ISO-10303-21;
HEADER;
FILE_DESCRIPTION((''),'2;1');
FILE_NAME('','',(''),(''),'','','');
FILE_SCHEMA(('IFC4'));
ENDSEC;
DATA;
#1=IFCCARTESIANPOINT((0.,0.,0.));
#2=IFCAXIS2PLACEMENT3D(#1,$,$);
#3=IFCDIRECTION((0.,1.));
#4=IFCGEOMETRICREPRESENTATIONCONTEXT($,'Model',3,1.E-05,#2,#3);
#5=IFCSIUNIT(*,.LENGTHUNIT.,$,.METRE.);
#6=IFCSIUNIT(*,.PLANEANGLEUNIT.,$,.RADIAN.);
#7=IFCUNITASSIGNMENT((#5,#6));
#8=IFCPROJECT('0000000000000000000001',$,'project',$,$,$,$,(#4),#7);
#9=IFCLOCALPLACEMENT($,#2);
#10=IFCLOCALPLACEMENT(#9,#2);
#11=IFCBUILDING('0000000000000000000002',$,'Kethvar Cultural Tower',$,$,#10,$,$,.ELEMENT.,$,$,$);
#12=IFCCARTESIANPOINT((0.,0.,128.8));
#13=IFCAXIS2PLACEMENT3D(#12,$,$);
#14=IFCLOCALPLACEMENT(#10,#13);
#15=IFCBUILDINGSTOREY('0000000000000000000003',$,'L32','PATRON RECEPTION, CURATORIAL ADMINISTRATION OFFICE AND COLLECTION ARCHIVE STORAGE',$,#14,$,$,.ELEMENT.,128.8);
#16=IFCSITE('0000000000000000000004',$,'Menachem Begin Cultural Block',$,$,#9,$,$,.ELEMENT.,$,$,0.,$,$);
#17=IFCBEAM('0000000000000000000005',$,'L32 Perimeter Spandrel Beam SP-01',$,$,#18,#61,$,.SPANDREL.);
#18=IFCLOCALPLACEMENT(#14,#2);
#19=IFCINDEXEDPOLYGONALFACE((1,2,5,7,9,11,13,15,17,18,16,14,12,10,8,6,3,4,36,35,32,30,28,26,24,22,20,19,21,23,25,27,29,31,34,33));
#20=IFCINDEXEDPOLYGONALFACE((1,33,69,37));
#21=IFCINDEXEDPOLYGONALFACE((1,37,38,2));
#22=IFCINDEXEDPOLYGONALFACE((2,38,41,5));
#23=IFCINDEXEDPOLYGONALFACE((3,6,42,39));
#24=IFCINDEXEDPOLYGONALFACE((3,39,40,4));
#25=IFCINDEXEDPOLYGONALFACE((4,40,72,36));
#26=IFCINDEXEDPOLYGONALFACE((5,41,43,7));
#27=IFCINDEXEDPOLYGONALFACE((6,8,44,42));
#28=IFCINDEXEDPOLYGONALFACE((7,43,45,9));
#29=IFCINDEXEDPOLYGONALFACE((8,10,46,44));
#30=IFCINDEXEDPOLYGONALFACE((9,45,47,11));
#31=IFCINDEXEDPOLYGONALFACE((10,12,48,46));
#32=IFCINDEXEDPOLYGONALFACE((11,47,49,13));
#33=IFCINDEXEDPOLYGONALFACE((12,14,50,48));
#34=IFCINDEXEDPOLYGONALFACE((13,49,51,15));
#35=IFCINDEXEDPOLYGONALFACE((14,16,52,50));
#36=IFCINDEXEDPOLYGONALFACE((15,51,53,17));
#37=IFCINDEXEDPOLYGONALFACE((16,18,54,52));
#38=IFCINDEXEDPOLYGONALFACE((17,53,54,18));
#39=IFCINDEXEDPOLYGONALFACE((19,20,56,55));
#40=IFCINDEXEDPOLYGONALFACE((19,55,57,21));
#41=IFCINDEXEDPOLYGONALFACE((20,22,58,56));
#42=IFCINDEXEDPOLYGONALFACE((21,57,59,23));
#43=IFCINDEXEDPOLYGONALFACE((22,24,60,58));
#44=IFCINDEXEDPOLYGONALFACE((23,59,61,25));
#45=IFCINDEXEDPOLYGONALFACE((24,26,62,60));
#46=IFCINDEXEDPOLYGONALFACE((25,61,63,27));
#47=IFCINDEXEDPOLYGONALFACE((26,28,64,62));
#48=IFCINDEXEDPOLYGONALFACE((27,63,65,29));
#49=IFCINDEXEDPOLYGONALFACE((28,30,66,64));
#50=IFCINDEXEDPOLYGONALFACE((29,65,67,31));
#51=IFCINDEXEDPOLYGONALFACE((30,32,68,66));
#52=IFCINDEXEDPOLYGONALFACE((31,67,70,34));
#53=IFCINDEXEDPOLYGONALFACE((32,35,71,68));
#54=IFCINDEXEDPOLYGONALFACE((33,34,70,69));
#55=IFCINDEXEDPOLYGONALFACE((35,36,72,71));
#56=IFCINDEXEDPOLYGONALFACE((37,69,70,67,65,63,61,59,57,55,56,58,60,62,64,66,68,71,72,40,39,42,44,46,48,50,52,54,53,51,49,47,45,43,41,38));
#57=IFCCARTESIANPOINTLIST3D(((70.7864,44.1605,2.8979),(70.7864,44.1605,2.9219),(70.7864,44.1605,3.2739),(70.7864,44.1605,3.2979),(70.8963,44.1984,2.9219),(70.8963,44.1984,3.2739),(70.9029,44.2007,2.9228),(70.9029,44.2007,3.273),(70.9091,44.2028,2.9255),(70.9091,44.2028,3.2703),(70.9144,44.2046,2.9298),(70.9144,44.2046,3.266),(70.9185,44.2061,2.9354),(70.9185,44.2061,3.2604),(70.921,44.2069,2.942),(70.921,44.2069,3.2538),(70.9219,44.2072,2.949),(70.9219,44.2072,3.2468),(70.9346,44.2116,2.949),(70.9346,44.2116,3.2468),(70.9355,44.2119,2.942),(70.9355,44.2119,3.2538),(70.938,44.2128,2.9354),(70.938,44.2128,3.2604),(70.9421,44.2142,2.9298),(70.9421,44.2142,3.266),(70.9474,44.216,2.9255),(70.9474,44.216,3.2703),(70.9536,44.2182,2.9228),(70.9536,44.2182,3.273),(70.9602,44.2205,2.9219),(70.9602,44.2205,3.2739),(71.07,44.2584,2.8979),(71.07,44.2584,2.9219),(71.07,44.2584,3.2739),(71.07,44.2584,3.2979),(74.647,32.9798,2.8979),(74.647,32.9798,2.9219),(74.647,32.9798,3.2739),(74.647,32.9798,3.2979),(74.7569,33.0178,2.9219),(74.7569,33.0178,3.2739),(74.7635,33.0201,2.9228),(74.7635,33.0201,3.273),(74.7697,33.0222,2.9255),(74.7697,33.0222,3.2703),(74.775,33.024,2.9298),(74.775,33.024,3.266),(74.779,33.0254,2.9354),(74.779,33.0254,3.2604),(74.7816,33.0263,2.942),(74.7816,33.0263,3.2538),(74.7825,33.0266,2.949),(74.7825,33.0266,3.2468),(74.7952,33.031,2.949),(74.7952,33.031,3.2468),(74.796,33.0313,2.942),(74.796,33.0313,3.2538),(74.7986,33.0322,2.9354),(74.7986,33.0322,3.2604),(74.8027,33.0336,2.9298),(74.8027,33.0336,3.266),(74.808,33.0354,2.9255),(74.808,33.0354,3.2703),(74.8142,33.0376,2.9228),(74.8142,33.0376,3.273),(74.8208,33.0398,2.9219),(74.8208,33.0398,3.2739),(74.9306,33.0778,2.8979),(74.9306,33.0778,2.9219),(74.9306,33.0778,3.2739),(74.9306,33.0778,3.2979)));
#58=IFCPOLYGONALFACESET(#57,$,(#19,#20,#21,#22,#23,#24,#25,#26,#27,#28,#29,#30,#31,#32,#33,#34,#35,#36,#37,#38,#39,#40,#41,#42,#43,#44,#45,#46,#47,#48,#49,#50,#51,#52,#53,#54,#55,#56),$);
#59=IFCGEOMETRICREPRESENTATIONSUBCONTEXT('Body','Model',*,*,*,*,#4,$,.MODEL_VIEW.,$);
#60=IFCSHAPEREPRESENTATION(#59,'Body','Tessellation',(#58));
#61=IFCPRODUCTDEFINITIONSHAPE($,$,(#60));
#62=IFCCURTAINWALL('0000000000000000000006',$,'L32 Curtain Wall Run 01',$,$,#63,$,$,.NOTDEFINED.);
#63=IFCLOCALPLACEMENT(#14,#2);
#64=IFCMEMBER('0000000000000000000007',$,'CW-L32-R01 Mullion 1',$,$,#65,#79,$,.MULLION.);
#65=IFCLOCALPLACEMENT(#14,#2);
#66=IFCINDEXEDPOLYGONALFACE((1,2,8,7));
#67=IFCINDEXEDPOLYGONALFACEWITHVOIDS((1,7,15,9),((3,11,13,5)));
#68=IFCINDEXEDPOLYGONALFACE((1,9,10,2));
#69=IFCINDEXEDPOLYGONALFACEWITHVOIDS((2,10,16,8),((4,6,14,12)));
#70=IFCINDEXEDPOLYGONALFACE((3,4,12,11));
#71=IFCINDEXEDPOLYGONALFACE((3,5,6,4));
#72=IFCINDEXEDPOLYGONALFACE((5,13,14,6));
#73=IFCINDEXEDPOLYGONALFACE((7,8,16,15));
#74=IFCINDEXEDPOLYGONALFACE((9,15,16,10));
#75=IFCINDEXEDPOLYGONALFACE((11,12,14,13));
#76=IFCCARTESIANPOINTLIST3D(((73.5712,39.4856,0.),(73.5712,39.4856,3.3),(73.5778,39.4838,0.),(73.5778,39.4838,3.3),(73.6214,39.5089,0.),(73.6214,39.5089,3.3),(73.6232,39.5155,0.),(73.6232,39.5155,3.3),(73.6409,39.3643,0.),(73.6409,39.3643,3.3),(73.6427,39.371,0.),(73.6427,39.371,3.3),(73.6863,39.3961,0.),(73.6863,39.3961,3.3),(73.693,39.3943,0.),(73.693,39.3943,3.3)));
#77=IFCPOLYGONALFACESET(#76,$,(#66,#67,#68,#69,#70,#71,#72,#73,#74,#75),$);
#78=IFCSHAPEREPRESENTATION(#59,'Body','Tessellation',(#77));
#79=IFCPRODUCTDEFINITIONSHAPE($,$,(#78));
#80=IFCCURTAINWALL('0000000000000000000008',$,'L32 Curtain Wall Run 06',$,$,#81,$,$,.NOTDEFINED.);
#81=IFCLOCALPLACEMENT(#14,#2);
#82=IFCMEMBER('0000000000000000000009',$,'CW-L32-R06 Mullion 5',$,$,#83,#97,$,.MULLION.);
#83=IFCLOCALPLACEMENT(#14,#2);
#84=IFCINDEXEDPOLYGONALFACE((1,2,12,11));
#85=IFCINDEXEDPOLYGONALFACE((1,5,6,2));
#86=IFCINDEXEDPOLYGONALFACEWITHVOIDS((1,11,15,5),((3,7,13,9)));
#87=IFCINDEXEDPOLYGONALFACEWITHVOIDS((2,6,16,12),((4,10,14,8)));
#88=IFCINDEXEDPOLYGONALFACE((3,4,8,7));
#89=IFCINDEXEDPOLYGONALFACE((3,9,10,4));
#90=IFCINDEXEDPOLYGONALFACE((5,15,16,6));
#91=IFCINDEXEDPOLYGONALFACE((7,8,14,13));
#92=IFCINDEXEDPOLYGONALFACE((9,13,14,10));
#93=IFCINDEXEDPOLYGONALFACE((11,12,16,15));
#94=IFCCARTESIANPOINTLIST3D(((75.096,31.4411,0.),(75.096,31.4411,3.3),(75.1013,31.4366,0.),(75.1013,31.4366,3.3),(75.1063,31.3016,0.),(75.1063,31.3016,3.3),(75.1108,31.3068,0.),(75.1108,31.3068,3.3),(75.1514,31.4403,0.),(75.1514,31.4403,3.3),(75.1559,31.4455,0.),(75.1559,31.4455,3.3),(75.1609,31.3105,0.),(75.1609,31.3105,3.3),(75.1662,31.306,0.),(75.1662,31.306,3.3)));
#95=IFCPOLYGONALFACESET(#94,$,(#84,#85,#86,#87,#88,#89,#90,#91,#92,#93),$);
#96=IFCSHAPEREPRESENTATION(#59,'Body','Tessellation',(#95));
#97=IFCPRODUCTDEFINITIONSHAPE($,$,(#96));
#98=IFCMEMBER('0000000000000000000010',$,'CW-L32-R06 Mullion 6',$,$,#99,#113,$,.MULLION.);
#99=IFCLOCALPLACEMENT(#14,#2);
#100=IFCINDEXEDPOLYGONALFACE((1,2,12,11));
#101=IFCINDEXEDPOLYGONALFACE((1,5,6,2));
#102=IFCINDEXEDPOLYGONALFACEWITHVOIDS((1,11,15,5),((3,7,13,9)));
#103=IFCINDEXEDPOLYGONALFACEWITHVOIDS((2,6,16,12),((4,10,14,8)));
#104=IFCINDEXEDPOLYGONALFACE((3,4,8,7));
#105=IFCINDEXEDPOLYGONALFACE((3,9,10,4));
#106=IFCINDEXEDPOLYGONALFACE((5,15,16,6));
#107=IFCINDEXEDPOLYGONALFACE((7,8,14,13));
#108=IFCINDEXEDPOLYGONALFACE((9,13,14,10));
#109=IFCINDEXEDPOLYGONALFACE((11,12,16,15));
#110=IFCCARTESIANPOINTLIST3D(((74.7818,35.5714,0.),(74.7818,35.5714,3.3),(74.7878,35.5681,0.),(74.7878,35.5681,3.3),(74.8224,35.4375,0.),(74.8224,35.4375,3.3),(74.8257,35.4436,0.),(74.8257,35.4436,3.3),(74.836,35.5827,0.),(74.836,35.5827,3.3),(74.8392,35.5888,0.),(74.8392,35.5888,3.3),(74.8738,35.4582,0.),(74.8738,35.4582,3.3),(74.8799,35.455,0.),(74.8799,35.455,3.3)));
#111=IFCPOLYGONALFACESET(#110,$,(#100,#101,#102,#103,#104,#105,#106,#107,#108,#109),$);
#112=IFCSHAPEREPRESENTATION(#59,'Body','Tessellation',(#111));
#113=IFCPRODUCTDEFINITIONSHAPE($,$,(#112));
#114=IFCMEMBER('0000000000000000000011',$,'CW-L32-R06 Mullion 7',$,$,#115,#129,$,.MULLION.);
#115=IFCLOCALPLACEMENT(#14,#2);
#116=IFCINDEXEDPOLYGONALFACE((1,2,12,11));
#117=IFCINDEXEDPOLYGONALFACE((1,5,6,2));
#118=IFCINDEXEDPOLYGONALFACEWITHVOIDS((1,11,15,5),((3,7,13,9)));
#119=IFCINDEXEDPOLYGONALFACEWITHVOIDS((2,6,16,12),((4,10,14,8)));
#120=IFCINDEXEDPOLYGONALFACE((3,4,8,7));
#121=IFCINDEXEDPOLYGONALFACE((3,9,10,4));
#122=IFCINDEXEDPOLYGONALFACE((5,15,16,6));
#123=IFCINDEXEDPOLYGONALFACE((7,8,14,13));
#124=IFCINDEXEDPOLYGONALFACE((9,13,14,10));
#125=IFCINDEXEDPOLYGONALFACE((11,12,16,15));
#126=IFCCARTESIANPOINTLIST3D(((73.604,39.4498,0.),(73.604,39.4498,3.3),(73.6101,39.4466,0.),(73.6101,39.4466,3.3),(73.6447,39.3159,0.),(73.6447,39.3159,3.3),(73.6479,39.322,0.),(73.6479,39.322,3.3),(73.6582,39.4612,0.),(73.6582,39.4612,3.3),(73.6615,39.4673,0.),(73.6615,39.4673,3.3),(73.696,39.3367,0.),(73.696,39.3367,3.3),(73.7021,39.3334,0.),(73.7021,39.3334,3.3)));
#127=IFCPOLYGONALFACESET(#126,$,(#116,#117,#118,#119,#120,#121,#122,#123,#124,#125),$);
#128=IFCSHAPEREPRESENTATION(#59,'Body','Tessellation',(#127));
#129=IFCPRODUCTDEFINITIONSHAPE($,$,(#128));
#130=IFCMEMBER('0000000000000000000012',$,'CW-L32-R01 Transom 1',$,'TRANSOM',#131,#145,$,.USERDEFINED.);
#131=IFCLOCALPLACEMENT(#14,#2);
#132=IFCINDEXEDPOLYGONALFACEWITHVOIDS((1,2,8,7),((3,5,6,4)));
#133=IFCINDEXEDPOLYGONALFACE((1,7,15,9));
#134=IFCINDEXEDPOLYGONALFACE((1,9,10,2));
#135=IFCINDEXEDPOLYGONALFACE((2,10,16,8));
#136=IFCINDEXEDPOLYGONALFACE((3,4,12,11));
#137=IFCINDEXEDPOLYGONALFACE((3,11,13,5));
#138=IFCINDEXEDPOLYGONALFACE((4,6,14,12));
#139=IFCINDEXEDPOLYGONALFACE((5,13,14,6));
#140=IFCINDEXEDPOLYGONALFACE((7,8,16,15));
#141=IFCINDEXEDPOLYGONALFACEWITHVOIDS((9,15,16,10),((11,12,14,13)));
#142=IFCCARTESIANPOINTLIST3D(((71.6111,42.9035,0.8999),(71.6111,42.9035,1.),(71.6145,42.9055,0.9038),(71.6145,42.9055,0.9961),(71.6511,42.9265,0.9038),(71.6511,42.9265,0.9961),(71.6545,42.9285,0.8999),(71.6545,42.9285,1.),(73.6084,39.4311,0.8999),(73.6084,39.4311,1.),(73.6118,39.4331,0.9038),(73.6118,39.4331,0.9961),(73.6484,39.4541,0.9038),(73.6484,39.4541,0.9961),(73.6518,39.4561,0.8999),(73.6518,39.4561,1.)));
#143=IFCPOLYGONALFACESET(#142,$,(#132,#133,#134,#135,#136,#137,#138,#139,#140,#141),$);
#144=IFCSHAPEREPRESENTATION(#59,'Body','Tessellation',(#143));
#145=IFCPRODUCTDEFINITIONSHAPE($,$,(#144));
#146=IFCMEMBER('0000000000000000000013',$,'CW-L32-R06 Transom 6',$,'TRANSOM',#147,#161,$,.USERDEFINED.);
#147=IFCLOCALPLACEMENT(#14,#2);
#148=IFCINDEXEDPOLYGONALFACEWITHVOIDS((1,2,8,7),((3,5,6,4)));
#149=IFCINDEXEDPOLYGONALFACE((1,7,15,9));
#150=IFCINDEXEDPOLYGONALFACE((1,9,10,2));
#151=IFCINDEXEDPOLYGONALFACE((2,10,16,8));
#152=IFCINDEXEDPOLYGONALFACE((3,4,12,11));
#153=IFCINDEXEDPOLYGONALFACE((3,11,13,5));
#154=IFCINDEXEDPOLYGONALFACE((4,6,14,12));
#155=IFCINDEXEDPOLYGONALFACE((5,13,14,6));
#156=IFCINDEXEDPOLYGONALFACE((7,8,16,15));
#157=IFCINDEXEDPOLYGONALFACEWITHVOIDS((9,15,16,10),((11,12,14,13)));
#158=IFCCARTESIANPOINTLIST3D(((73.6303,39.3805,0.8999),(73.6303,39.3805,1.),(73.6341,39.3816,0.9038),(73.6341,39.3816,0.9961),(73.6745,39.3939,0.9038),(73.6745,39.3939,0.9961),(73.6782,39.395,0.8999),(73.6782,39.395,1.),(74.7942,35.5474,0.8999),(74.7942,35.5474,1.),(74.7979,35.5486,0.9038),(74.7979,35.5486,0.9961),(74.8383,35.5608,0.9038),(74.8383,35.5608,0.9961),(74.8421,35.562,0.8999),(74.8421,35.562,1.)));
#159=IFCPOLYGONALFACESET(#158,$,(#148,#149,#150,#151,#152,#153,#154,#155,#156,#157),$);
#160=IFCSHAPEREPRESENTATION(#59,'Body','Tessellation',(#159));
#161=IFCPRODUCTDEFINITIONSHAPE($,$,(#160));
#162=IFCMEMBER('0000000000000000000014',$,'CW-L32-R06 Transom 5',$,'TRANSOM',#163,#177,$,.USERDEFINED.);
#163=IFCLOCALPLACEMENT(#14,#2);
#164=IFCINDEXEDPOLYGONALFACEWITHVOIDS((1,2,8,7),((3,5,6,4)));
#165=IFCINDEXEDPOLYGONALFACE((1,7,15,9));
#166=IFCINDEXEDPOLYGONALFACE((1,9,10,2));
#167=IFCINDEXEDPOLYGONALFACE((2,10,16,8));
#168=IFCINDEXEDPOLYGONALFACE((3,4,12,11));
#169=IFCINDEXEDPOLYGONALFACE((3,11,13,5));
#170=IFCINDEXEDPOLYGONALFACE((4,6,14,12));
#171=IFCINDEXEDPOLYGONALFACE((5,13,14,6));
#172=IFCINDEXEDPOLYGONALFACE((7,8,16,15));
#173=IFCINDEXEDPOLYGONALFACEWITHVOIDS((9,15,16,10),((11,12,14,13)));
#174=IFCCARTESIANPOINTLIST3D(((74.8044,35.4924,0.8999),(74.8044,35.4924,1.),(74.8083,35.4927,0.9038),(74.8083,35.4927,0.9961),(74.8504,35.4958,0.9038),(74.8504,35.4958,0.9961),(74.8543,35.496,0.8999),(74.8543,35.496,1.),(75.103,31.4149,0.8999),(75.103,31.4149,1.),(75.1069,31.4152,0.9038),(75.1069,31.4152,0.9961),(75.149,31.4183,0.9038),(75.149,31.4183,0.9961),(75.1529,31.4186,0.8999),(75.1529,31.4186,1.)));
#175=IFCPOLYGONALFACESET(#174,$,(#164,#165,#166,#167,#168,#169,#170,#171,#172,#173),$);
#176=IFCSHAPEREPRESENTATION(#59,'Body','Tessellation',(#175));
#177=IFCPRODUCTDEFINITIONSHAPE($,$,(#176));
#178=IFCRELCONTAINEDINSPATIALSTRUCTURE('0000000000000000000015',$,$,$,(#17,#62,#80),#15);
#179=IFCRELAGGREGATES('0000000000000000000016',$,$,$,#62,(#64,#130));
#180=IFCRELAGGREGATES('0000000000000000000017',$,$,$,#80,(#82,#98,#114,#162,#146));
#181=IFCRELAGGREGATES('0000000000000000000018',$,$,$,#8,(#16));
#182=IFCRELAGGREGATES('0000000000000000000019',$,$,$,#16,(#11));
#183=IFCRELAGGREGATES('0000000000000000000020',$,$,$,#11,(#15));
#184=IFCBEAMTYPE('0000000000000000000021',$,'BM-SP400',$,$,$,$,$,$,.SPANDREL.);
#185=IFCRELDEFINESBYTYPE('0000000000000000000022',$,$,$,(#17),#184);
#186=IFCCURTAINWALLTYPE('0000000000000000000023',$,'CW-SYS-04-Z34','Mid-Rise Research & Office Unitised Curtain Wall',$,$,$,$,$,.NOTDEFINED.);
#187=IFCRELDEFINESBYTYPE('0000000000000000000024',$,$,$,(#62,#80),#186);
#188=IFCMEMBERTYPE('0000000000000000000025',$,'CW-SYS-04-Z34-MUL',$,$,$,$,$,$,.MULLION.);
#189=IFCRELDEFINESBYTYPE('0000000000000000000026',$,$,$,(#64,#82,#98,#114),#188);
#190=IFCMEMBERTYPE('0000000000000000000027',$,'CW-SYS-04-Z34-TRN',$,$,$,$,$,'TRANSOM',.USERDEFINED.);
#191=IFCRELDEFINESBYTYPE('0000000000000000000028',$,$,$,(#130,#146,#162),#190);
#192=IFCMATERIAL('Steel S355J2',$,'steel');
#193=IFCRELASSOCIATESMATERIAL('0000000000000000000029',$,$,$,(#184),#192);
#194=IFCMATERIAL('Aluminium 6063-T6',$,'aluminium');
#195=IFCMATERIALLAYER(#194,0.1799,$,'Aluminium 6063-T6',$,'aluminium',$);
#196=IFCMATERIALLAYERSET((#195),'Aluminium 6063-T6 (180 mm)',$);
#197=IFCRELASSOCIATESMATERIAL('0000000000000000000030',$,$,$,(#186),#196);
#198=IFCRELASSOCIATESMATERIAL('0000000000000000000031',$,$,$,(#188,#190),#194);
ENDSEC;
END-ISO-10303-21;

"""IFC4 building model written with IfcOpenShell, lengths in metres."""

from ifc_helpers import new_model, si_unit, direction, frame, origin, origin_2d, place, context, subcontext, project, spatial, hollow_rectangle, i_section, extrude, source, transform, mapped, material, layer, layer_set, material_profile, profile_set, type_object, element, aggregate, save


model = new_model("IFC4")

# Units and contexts
model_context = context("Model", 3, precision=1e-05, world=origin(), true_north=direction((0.0, 1.0)))
body_context = subcontext(model_context, "Body", "Model", "MODEL_VIEW")
ifc_project = project(units=[si_unit("LENGTHUNIT", "METRE"), si_unit("PLANEANGLEUNIT", "RADIAN")], contexts=[model_context])

# Site, building, storey
site_placement = place(None, origin())
site = spatial("IfcSite", under=ifc_project, at=site_placement, Name="Menachem Begin Cultural Block", CompositionType="ELEMENT", RefElevation=0.0)
building_placement = place(site_placement, origin())
building = spatial("IfcBuilding", under=site, at=building_placement, Name="Kethvar Cultural Tower", CompositionType="ELEMENT")
storey_placement = place(building_placement, frame((0.0, 0.0, 128.8)))
storey = spatial("IfcBuildingStorey", under=building, at=storey_placement, Name="L32", Description="PATRON RECEPTION, CURATORIAL ADMINISTRATION OFFICE AND COLLECTION ARCHIVE STORAGE", CompositionType="ELEMENT", Elevation=128.8)

# Beam
ifc_material_1 = material(Name="Steel S355J2", Category="steel")
ifc_material_profile_1 = material_profile(ifc_material_1, i_section(OverallWidth=0.3, OverallDepth=0.3999, WebThickness=0.0134, FlangeThickness=0.0239, FilletRadius=0.0271, at=origin_2d()), Name="Steel S355J2 — HEB400")
ifc_profile_set_1 = profile_set([ifc_material_profile_1], Name="Steel S355J2 — HEB400")
beam_type_1 = type_object("IfcBeamType", Name="BM-SP400", PredefinedType="SPANDREL", material=ifc_profile_set_1)
shared_shape_1 = source(origin(), body_context, "Body", "SweptSolid", [
    extrude(i_section(OverallWidth=0.3, OverallDepth=0.3999, WebThickness=0.0134, FlangeThickness=0.0239, FilletRadius=0.0271, at=origin_2d()), origin(), (0.0, 0.0, 1.0), 11.8284),
])
beam_1_placement = place(storey_placement, frame((74.7888, 33.0288, 3.0979), z_axis=(-0.326383, 0.945238, 0.0), x_axis=(-0.945238, -0.326383, 0.0)))
element("IfcBeam", 1, at=beam_1_placement, inside=storey, type_object=beam_type_1, Name="L32 Perimeter Spandrel Beam SP-01", PredefinedType="SPANDREL", context=body_context, shape_type="MappedRepresentation", body=[
    mapped(shared_shape_1, transform((0.0, 0.0, 0.0), scale=1.0)),
])

# Curtain wall, member
ifc_material_2 = material(Name="Aluminium 6063-T6", Category="aluminium")
ifc_layer_1 = layer(ifc_material_2, 0.1799, Name="Aluminium 6063-T6", Category="aluminium")
ifc_layer_set_1 = layer_set([ifc_layer_1], Name="Aluminium 6063-T6 (180 mm)")
curtain_wall_type = type_object("IfcCurtainWallType", Name="CW-SYS-04-Z34", Description="Mid-Rise Research & Office Unitised Curtain Wall", PredefinedType="NOTDEFINED", material=ifc_layer_set_1)
curtain_wall_1_placement = place(storey_placement, origin())
curtain_wall_1 = element("IfcCurtainWall", 2, at=curtain_wall_1_placement, inside=storey, type_object=curtain_wall_type, Name="L32 Curtain Wall Run 01", PredefinedType="NOTDEFINED")
ifc_material_profile_2 = material_profile(ifc_material_2, hollow_rectangle(XDim=0.0601, YDim=0.1399, WallThickness=0.0049, at=origin_2d()), Name="Aluminium 6063-T6 — RHS140x60x5")
ifc_profile_set_2 = profile_set([ifc_material_profile_2], Name="Aluminium 6063-T6 — RHS140x60x5")
member_type_1 = type_object("IfcMemberType", Name="CW-SYS-04-Z34-MUL", PredefinedType="MULLION", material=ifc_profile_set_2)
shared_shape_2 = source(origin(), body_context, "Body", "SweptSolid", [
    extrude(hollow_rectangle(XDim=0.0601, YDim=0.1399, WallThickness=0.0049, at=origin_2d()), origin(), (0.0, 0.0, 1.0), 3.3),
])
member_1_placement = place(storey_placement, frame((73.6321, 39.4399, 0.0), z_axis=(0.0, 0.0, 1.0), x_axis=(-0.866818, -0.498624, 0.0)))
member_1 = element("IfcMember", 3, at=member_1_placement, type_object=member_type_1, Name="CW-L32-R01 Mullion 1", PredefinedType="MULLION", context=body_context, shape_type="MappedRepresentation", body=[
    mapped(shared_shape_2, transform((0.0, 0.0, 0.0), scale=1.0)),
])

# Curtain wall, members
curtain_wall_2_placement = place(storey_placement, origin())
curtain_wall_2 = element("IfcCurtainWall", 4, at=curtain_wall_2_placement, inside=storey, type_object=curtain_wall_type, Name="L32 Curtain Wall Run 06", PredefinedType="NOTDEFINED")
member_2_placement = place(storey_placement, frame((75.1311, 31.3735, 0.0), z_axis=(0.0, 0.0, 1.0), x_axis=(-0.99733, -0.073029, 0.0)))
member_2 = element("IfcMember", 5, at=member_2_placement, type_object=member_type_1, Name="CW-L32-R06 Mullion 5", PredefinedType="MULLION", context=body_context, shape_type="MappedRepresentation", body=[
    mapped(shared_shape_2, transform((0.0, 0.0, 0.0), scale=1.0)),
])
member_3_placement = place(storey_placement, frame((74.8308, 35.5132, 0.0), z_axis=(0.0, 0.0, 1.0), x_axis=(-0.956859, -0.290552, 0.0)))
member_3 = element("IfcMember", 6, at=member_3_placement, type_object=member_type_1, Name="CW-L32-R06 Mullion 6", PredefinedType="MULLION", context=body_context, shape_type="MappedRepresentation", body=[
    mapped(shared_shape_2, transform((0.0, 0.0, 0.0), scale=1.0)),
])
member_4_placement = place(storey_placement, frame((73.6531, 39.3916, 0.0), z_axis=(0.0, 0.0, 1.0), x_axis=(-0.956859, -0.290552, 0.0)))
member_4 = element("IfcMember", 7, at=member_4_placement, type_object=member_type_1, Name="CW-L32-R06 Mullion 7", PredefinedType="MULLION", context=body_context, shape_type="MappedRepresentation", body=[
    mapped(shared_shape_2, transform((0.0, 0.0, 0.0), scale=1.0)),
])

# Members
ifc_material_profile_3 = material_profile(ifc_material_2, hollow_rectangle(XDim=0.05, YDim=0.1001, WallThickness=0.0039, at=origin_2d()), Name="Aluminium 6063-T6 — RHS100x50x4")
ifc_profile_set_3 = profile_set([ifc_material_profile_3], Name="Aluminium 6063-T6 — RHS100x50x4")
member_type_2 = type_object("IfcMemberType", Name="CW-SYS-04-Z34-TRN", ElementType="TRANSOM", PredefinedType="USERDEFINED", material=ifc_profile_set_3)
shared_shape_3 = source(origin(), body_context, "Body", "SweptSolid", [
    extrude(hollow_rectangle(XDim=0.05, YDim=0.1001, WallThickness=0.0039, at=origin_2d()), origin(), (0.0, 0.0, 1.0), 4.0059),
])
member_5_placement = place(storey_placement, frame((73.6301, 39.4436, 0.95), z_axis=(-0.498598, 0.866833, 0.0), x_axis=(-0.866833, -0.498598, 0.0)))
member_5 = element("IfcMember", 8, at=member_5_placement, type_object=member_type_2, Name="CW-L32-R01 Transom 1", ObjectType="TRANSOM", PredefinedType="USERDEFINED", context=body_context, shape_type="MappedRepresentation", body=[
    mapped(shared_shape_3, transform((0.0, 0.0, 0.0), scale=1.0)),
])
member_6_placement = place(storey_placement, frame((74.8181, 35.5547, 0.95), z_axis=(-0.290533, 0.956865, 0.0), x_axis=(-0.956865, -0.290533, 0.0)))
member_6 = element("IfcMember", 9, at=member_6_placement, type_object=member_type_2, Name="CW-L32-R06 Transom 6", ObjectType="TRANSOM", PredefinedType="USERDEFINED", context=body_context, shape_type="MappedRepresentation", body=[
    mapped(shared_shape_3, transform((0.0, 0.0, 0.0), scale=1.0)),
])
shared_shape_4 = source(origin(), body_context, "Body", "SweptSolid", [
    extrude(hollow_rectangle(XDim=0.05, YDim=0.1001, WallThickness=0.0039, at=origin_2d()), origin(), (0.0, 0.0, 1.0), 4.0884),
])
member_7_placement = place(storey_placement, frame((75.1279, 31.4167, 0.95), z_axis=(-0.073034, 0.997329, 0.0), x_axis=(-0.997329, -0.073034, 0.0)))
member_7 = element("IfcMember", 10, at=member_7_placement, type_object=member_type_2, Name="CW-L32-R06 Transom 5", ObjectType="TRANSOM", PredefinedType="USERDEFINED", context=body_context, shape_type="MappedRepresentation", body=[
    mapped(shared_shape_4, transform((0.0, 0.0, 0.0), scale=1.0)),
])

aggregate(curtain_wall_1, [member_1, member_5])
aggregate(curtain_wall_2, [member_2, member_3, member_4, member_7, member_6])

save(model, "model.ifc")
